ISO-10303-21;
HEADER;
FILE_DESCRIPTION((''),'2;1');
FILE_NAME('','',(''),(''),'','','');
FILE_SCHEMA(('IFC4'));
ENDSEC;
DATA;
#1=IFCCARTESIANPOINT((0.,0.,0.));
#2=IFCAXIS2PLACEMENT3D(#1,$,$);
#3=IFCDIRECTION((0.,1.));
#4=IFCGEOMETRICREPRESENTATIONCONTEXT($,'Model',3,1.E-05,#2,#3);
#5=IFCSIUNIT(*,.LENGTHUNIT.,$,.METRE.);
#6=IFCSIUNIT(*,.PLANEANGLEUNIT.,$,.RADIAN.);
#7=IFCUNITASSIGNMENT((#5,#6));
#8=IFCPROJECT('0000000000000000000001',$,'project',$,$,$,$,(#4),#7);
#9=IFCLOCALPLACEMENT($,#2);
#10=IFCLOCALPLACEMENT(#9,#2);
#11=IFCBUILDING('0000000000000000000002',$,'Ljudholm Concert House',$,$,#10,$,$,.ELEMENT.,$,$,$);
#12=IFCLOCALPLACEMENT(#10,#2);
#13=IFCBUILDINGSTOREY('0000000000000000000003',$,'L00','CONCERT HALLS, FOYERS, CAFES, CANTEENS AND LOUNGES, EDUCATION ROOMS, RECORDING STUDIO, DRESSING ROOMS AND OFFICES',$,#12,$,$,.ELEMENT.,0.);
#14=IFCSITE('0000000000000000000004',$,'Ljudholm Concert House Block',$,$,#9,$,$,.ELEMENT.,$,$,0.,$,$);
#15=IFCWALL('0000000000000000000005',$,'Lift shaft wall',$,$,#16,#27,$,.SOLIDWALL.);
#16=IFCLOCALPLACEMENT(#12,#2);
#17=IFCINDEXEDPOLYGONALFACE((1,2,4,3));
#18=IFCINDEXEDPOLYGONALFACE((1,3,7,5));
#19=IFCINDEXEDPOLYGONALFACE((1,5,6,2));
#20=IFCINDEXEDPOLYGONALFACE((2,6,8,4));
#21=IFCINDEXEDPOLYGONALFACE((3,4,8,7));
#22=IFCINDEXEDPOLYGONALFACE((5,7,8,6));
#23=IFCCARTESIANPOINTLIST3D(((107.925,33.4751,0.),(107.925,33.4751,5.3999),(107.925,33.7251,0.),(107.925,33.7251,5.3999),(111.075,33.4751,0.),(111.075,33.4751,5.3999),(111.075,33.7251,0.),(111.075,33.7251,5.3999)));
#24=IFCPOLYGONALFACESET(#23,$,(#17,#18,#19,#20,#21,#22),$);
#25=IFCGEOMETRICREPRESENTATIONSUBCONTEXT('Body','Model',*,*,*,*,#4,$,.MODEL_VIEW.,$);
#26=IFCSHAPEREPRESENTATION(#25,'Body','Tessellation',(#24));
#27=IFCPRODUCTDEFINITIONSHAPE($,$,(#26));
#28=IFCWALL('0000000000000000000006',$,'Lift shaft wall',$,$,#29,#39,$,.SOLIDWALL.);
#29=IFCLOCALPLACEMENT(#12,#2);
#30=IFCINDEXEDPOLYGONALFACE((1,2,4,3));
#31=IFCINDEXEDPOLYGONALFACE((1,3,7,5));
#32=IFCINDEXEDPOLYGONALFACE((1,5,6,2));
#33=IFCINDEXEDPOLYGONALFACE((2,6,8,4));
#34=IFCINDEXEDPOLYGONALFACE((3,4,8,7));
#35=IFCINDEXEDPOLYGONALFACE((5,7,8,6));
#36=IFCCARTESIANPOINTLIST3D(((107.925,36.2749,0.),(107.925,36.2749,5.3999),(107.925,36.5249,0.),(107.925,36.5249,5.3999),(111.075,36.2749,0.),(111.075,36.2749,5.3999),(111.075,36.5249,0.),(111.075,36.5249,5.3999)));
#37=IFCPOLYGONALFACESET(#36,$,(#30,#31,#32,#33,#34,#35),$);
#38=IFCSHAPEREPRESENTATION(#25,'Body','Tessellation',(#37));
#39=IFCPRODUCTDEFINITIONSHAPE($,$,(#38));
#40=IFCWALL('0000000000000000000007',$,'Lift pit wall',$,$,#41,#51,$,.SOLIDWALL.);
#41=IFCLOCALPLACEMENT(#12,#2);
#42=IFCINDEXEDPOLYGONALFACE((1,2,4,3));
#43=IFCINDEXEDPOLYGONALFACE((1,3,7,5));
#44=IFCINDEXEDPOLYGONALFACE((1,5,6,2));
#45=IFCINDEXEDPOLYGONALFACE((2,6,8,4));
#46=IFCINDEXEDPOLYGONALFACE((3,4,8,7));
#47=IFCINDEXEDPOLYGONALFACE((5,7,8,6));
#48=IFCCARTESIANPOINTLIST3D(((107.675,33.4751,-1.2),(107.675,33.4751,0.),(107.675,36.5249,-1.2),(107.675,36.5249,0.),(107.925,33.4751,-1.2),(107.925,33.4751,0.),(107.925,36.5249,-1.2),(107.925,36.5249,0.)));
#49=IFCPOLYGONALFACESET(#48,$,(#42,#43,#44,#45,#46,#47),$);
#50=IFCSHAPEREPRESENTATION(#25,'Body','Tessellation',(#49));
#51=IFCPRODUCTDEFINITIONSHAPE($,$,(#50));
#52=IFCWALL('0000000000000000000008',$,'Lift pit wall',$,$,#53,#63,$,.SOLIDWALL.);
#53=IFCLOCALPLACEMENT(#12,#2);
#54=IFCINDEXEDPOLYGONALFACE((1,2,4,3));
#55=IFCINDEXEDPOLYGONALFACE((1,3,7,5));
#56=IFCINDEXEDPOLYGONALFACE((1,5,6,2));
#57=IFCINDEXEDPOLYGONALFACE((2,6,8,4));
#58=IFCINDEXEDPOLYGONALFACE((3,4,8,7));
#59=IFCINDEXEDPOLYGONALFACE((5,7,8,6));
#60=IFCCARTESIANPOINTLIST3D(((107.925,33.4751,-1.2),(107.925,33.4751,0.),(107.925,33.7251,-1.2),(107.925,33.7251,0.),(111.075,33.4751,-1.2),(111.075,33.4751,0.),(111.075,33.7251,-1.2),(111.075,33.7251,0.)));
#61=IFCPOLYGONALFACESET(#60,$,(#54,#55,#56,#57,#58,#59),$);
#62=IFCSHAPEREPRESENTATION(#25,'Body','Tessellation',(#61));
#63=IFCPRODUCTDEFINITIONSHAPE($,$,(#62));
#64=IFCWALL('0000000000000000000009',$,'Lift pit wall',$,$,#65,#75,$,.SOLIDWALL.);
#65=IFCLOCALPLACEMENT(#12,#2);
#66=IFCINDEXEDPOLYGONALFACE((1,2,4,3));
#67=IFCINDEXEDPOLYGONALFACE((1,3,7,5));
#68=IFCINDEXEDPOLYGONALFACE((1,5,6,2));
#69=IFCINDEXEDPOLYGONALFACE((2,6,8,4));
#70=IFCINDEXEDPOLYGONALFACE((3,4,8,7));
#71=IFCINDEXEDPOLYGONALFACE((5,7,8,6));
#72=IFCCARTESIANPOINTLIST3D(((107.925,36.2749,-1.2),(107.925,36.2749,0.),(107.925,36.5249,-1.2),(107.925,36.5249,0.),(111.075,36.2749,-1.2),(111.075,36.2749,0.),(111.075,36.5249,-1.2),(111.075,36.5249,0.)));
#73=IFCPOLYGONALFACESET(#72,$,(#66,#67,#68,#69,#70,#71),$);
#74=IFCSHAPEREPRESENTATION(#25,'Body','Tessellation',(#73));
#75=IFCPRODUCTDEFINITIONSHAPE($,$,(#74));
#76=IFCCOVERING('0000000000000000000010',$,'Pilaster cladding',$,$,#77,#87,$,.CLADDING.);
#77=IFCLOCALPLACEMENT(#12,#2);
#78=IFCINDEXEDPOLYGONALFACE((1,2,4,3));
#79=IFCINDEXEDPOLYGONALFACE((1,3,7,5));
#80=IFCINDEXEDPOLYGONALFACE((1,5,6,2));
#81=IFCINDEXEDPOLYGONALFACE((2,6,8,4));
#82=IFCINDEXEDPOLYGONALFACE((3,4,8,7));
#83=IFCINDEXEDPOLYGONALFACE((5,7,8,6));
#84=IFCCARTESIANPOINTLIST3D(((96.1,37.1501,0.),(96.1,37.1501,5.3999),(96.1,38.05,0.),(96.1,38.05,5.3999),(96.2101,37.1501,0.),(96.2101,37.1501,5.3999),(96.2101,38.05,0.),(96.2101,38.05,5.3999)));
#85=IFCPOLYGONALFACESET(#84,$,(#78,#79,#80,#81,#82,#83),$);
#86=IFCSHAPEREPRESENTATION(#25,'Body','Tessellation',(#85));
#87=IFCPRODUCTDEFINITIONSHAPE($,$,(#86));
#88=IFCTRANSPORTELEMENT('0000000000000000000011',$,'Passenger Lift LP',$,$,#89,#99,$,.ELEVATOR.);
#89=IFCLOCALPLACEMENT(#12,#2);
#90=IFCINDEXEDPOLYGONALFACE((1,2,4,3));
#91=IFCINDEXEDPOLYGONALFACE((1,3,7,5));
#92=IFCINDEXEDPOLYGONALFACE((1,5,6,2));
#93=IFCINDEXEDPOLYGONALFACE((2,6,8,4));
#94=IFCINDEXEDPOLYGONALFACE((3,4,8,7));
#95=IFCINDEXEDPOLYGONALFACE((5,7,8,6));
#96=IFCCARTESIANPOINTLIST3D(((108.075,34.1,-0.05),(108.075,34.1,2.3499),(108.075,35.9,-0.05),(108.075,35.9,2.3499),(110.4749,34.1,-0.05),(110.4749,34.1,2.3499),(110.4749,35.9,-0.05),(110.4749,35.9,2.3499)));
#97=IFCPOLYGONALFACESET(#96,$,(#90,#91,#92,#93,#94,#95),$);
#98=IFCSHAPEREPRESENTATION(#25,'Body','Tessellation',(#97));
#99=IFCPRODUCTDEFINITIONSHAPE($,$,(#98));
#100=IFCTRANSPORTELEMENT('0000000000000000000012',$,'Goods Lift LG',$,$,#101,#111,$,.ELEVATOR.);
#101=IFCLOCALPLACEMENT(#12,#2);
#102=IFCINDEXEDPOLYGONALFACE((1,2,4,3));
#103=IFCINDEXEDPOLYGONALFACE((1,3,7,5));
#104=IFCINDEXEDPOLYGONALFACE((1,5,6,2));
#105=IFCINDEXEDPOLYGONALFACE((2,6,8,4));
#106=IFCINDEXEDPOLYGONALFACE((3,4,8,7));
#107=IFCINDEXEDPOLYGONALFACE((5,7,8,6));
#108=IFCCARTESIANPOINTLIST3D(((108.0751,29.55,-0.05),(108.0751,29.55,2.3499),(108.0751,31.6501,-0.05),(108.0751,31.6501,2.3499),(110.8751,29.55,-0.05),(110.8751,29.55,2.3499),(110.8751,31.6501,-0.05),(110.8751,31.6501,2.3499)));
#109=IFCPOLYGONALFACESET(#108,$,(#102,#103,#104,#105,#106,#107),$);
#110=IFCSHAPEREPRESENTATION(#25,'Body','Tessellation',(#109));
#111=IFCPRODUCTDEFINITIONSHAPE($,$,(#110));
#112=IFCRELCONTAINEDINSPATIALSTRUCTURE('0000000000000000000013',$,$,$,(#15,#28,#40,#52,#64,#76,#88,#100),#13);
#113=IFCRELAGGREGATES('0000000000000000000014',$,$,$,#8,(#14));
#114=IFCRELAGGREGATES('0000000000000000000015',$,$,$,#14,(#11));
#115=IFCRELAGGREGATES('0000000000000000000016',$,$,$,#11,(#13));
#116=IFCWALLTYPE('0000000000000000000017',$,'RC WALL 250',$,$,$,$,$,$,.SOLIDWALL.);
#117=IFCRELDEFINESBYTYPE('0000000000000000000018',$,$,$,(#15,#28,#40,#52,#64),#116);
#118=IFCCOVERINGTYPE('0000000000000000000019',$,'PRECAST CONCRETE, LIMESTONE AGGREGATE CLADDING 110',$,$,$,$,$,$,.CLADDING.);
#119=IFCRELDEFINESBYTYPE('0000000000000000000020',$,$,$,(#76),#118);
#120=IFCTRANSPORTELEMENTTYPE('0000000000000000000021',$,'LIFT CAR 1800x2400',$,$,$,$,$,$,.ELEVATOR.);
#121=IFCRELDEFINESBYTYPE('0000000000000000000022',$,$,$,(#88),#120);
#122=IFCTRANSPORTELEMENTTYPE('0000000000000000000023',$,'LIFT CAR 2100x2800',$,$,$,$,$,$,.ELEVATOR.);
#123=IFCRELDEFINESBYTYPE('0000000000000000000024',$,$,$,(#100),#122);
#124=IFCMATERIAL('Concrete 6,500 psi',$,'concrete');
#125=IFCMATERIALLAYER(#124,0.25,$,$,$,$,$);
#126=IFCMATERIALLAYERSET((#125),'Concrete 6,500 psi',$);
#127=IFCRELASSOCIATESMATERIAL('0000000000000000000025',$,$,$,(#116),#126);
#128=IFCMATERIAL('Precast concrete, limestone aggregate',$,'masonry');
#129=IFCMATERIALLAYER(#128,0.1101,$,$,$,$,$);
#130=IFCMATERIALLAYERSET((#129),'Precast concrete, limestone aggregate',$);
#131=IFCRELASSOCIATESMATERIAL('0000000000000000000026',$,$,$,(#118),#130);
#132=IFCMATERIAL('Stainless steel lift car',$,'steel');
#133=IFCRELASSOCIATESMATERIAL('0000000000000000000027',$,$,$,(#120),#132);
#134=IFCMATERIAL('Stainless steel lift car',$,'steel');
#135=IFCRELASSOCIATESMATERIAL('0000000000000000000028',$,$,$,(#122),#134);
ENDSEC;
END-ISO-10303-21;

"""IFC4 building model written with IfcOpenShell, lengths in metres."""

from ifc_helpers import new_model, si_unit, direction, frame, frame_2d, origin, origin_2d, place, context, subcontext, project, spatial, rectangle, extrude, material, layer, layer_set, type_object, element, save


model = new_model("IFC4")

# Units and contexts
model_context = context("Model", 3, precision=1e-05, world=origin(), true_north=direction((0.0, 1.0)))
body_context = subcontext(model_context, "Body", "Model", "MODEL_VIEW")
ifc_project = project(units=[si_unit("LENGTHUNIT", "METRE"), si_unit("PLANEANGLEUNIT", "RADIAN")], contexts=[model_context])

# Site, building, storey
site_placement = place(None, origin())
site = spatial("IfcSite", under=ifc_project, at=site_placement, Name="Ljudholm Concert House Block", CompositionType="ELEMENT", RefElevation=0.0)
building_placement = place(site_placement, origin())
building = spatial("IfcBuilding", under=site, at=building_placement, Name="Ljudholm Concert House", CompositionType="ELEMENT")
storey_placement = place(building_placement, origin())
storey = spatial("IfcBuildingStorey", under=building, at=storey_placement, Name="L00", Description="CONCERT HALLS, FOYERS, CAFES, CANTEENS AND LOUNGES, EDUCATION ROOMS, RECORDING STUDIO, DRESSING ROOMS AND OFFICES", CompositionType="ELEMENT", Elevation=0.0)

# Shared definitions
ifc_material_1 = material(Name="Concrete 6,500 psi", Category="concrete")
ifc_layer_1 = layer(ifc_material_1, 0.25)
ifc_layer_set_1 = layer_set([ifc_layer_1], Name="Concrete 6,500 psi")
wall_type_1 = type_object("IfcWallType", Name="RC WALL 250", PredefinedType="SOLIDWALL", material=ifc_layer_set_1)

# Walls
for number, where, z_axis, x_axis, name in (
    (1, (107.925, 33.6001, 0.0), (0.0, 0.0, 1.0), (1.0, 0.0, 0.0), "Lift shaft wall"),
    (2, (107.925, 36.3999, 0.0), (0.0, 0.0, 1.0), (1.0, 0.0, 0.0), "Lift shaft wall"),
):
    element("IfcWall", number, at=place(storey_placement, frame(where, z_axis=z_axis, x_axis=x_axis)), inside=storey, type_object=wall_type_1, Name=name, PredefinedType="SOLIDWALL", context=body_context, shape_type="SweptSolid", body=[
        extrude(rectangle(XDim=3.1499, YDim=0.25, at=frame_2d((1.575, 0.0))), origin(), (0.0, 0.0, 1.0), 5.3999),
    ])
wall_1_placement = place(storey_placement, frame((107.8, 33.4751, -1.2), z_axis=(0.0, 0.0, 1.0), x_axis=(0.0, 1.0, 0.0)))
element("IfcWall", 3, at=wall_1_placement, inside=storey, type_object=wall_type_1, Name="Lift pit wall", PredefinedType="SOLIDWALL", context=body_context, shape_type="SweptSolid", body=[
    extrude(rectangle(XDim=3.0498, YDim=0.25, at=frame_2d((1.5249, 0.0))), origin(), (0.0, 0.0, 1.0), 1.2),
])
for number, where, z_axis, x_axis, name in (
    (4, (107.925, 33.6001, -1.2), (0.0, 0.0, 1.0), (1.0, 0.0, 0.0), "Lift pit wall"),
    (5, (107.925, 36.3999, -1.2), (0.0, 0.0, 1.0), (1.0, 0.0, 0.0), "Lift pit wall"),
):
    element("IfcWall", number, at=place(storey_placement, frame(where, z_axis=z_axis, x_axis=x_axis)), inside=storey, type_object=wall_type_1, Name=name, PredefinedType="SOLIDWALL", context=body_context, shape_type="SweptSolid", body=[
        extrude(rectangle(XDim=3.1499, YDim=0.25, at=frame_2d((1.575, 0.0))), origin(), (0.0, 0.0, 1.0), 1.2),
    ])

# Covering
ifc_material_2 = material(Name="Precast concrete, limestone aggregate", Category="masonry")
ifc_layer_2 = layer(ifc_material_2, 0.1101)
ifc_layer_set_2 = layer_set([ifc_layer_2], Name="Precast concrete, limestone aggregate")
covering_type = type_object("IfcCoveringType", Name="PRECAST CONCRETE, LIMESTONE AGGREGATE CLADDING 110", PredefinedType="CLADDING", material=ifc_layer_set_2)
covering_placement = place(storey_placement, frame((96.155, 37.6001, 0.0), z_axis=(0.0, 0.0, 1.0), x_axis=(-1.0, 0.0, 0.0)))
element("IfcCovering", 6, at=covering_placement, inside=storey, type_object=covering_type, Name="Pilaster cladding", PredefinedType="CLADDING", context=body_context, shape_type="SweptSolid", body=[
    extrude(rectangle(XDim=0.1101, YDim=0.8999, at=origin_2d()), origin(), (0.0, 0.0, 1.0), 5.3999),
])

# Transport elements
ifc_material_3 = material(Name="Stainless steel lift car", Category="steel")
transport_element_type_1 = type_object("IfcTransportElementType", Name="LIFT CAR 1800x2400", PredefinedType="ELEVATOR", material=ifc_material_3)
transport_element_1_placement = place(storey_placement, frame((109.2749, 35.0, -0.05), z_axis=(0.0, 0.0, 1.0), x_axis=(1.0, 0.0, 0.0)))
element("IfcTransportElement", 7, at=transport_element_1_placement, inside=storey, type_object=transport_element_type_1, Name="Passenger Lift LP", PredefinedType="ELEVATOR", context=body_context, shape_type="SweptSolid", body=[
    extrude(rectangle(XDim=2.3999, YDim=1.8, at=origin_2d()), origin(), (0.0, 0.0, 1.0), 2.3999),
])
ifc_material_4 = material(Name="Stainless steel lift car", Category="steel")
transport_element_type_2 = type_object("IfcTransportElementType", Name="LIFT CAR 2100x2800", PredefinedType="ELEVATOR", material=ifc_material_4)
transport_element_2_placement = place(storey_placement, frame((109.4751, 30.6001, -0.05), z_axis=(0.0, 0.0, 1.0), x_axis=(1.0, 0.0, 0.0)))
element("IfcTransportElement", 8, at=transport_element_2_placement, inside=storey, type_object=transport_element_type_2, Name="Goods Lift LG", PredefinedType="ELEVATOR", context=body_context, shape_type="SweptSolid", body=[
    extrude(rectangle(XDim=2.8, YDim=2.1001, at=origin_2d()), origin(), (0.0, 0.0, 1.0), 2.3999),
])

save(model, "model.ifc")
